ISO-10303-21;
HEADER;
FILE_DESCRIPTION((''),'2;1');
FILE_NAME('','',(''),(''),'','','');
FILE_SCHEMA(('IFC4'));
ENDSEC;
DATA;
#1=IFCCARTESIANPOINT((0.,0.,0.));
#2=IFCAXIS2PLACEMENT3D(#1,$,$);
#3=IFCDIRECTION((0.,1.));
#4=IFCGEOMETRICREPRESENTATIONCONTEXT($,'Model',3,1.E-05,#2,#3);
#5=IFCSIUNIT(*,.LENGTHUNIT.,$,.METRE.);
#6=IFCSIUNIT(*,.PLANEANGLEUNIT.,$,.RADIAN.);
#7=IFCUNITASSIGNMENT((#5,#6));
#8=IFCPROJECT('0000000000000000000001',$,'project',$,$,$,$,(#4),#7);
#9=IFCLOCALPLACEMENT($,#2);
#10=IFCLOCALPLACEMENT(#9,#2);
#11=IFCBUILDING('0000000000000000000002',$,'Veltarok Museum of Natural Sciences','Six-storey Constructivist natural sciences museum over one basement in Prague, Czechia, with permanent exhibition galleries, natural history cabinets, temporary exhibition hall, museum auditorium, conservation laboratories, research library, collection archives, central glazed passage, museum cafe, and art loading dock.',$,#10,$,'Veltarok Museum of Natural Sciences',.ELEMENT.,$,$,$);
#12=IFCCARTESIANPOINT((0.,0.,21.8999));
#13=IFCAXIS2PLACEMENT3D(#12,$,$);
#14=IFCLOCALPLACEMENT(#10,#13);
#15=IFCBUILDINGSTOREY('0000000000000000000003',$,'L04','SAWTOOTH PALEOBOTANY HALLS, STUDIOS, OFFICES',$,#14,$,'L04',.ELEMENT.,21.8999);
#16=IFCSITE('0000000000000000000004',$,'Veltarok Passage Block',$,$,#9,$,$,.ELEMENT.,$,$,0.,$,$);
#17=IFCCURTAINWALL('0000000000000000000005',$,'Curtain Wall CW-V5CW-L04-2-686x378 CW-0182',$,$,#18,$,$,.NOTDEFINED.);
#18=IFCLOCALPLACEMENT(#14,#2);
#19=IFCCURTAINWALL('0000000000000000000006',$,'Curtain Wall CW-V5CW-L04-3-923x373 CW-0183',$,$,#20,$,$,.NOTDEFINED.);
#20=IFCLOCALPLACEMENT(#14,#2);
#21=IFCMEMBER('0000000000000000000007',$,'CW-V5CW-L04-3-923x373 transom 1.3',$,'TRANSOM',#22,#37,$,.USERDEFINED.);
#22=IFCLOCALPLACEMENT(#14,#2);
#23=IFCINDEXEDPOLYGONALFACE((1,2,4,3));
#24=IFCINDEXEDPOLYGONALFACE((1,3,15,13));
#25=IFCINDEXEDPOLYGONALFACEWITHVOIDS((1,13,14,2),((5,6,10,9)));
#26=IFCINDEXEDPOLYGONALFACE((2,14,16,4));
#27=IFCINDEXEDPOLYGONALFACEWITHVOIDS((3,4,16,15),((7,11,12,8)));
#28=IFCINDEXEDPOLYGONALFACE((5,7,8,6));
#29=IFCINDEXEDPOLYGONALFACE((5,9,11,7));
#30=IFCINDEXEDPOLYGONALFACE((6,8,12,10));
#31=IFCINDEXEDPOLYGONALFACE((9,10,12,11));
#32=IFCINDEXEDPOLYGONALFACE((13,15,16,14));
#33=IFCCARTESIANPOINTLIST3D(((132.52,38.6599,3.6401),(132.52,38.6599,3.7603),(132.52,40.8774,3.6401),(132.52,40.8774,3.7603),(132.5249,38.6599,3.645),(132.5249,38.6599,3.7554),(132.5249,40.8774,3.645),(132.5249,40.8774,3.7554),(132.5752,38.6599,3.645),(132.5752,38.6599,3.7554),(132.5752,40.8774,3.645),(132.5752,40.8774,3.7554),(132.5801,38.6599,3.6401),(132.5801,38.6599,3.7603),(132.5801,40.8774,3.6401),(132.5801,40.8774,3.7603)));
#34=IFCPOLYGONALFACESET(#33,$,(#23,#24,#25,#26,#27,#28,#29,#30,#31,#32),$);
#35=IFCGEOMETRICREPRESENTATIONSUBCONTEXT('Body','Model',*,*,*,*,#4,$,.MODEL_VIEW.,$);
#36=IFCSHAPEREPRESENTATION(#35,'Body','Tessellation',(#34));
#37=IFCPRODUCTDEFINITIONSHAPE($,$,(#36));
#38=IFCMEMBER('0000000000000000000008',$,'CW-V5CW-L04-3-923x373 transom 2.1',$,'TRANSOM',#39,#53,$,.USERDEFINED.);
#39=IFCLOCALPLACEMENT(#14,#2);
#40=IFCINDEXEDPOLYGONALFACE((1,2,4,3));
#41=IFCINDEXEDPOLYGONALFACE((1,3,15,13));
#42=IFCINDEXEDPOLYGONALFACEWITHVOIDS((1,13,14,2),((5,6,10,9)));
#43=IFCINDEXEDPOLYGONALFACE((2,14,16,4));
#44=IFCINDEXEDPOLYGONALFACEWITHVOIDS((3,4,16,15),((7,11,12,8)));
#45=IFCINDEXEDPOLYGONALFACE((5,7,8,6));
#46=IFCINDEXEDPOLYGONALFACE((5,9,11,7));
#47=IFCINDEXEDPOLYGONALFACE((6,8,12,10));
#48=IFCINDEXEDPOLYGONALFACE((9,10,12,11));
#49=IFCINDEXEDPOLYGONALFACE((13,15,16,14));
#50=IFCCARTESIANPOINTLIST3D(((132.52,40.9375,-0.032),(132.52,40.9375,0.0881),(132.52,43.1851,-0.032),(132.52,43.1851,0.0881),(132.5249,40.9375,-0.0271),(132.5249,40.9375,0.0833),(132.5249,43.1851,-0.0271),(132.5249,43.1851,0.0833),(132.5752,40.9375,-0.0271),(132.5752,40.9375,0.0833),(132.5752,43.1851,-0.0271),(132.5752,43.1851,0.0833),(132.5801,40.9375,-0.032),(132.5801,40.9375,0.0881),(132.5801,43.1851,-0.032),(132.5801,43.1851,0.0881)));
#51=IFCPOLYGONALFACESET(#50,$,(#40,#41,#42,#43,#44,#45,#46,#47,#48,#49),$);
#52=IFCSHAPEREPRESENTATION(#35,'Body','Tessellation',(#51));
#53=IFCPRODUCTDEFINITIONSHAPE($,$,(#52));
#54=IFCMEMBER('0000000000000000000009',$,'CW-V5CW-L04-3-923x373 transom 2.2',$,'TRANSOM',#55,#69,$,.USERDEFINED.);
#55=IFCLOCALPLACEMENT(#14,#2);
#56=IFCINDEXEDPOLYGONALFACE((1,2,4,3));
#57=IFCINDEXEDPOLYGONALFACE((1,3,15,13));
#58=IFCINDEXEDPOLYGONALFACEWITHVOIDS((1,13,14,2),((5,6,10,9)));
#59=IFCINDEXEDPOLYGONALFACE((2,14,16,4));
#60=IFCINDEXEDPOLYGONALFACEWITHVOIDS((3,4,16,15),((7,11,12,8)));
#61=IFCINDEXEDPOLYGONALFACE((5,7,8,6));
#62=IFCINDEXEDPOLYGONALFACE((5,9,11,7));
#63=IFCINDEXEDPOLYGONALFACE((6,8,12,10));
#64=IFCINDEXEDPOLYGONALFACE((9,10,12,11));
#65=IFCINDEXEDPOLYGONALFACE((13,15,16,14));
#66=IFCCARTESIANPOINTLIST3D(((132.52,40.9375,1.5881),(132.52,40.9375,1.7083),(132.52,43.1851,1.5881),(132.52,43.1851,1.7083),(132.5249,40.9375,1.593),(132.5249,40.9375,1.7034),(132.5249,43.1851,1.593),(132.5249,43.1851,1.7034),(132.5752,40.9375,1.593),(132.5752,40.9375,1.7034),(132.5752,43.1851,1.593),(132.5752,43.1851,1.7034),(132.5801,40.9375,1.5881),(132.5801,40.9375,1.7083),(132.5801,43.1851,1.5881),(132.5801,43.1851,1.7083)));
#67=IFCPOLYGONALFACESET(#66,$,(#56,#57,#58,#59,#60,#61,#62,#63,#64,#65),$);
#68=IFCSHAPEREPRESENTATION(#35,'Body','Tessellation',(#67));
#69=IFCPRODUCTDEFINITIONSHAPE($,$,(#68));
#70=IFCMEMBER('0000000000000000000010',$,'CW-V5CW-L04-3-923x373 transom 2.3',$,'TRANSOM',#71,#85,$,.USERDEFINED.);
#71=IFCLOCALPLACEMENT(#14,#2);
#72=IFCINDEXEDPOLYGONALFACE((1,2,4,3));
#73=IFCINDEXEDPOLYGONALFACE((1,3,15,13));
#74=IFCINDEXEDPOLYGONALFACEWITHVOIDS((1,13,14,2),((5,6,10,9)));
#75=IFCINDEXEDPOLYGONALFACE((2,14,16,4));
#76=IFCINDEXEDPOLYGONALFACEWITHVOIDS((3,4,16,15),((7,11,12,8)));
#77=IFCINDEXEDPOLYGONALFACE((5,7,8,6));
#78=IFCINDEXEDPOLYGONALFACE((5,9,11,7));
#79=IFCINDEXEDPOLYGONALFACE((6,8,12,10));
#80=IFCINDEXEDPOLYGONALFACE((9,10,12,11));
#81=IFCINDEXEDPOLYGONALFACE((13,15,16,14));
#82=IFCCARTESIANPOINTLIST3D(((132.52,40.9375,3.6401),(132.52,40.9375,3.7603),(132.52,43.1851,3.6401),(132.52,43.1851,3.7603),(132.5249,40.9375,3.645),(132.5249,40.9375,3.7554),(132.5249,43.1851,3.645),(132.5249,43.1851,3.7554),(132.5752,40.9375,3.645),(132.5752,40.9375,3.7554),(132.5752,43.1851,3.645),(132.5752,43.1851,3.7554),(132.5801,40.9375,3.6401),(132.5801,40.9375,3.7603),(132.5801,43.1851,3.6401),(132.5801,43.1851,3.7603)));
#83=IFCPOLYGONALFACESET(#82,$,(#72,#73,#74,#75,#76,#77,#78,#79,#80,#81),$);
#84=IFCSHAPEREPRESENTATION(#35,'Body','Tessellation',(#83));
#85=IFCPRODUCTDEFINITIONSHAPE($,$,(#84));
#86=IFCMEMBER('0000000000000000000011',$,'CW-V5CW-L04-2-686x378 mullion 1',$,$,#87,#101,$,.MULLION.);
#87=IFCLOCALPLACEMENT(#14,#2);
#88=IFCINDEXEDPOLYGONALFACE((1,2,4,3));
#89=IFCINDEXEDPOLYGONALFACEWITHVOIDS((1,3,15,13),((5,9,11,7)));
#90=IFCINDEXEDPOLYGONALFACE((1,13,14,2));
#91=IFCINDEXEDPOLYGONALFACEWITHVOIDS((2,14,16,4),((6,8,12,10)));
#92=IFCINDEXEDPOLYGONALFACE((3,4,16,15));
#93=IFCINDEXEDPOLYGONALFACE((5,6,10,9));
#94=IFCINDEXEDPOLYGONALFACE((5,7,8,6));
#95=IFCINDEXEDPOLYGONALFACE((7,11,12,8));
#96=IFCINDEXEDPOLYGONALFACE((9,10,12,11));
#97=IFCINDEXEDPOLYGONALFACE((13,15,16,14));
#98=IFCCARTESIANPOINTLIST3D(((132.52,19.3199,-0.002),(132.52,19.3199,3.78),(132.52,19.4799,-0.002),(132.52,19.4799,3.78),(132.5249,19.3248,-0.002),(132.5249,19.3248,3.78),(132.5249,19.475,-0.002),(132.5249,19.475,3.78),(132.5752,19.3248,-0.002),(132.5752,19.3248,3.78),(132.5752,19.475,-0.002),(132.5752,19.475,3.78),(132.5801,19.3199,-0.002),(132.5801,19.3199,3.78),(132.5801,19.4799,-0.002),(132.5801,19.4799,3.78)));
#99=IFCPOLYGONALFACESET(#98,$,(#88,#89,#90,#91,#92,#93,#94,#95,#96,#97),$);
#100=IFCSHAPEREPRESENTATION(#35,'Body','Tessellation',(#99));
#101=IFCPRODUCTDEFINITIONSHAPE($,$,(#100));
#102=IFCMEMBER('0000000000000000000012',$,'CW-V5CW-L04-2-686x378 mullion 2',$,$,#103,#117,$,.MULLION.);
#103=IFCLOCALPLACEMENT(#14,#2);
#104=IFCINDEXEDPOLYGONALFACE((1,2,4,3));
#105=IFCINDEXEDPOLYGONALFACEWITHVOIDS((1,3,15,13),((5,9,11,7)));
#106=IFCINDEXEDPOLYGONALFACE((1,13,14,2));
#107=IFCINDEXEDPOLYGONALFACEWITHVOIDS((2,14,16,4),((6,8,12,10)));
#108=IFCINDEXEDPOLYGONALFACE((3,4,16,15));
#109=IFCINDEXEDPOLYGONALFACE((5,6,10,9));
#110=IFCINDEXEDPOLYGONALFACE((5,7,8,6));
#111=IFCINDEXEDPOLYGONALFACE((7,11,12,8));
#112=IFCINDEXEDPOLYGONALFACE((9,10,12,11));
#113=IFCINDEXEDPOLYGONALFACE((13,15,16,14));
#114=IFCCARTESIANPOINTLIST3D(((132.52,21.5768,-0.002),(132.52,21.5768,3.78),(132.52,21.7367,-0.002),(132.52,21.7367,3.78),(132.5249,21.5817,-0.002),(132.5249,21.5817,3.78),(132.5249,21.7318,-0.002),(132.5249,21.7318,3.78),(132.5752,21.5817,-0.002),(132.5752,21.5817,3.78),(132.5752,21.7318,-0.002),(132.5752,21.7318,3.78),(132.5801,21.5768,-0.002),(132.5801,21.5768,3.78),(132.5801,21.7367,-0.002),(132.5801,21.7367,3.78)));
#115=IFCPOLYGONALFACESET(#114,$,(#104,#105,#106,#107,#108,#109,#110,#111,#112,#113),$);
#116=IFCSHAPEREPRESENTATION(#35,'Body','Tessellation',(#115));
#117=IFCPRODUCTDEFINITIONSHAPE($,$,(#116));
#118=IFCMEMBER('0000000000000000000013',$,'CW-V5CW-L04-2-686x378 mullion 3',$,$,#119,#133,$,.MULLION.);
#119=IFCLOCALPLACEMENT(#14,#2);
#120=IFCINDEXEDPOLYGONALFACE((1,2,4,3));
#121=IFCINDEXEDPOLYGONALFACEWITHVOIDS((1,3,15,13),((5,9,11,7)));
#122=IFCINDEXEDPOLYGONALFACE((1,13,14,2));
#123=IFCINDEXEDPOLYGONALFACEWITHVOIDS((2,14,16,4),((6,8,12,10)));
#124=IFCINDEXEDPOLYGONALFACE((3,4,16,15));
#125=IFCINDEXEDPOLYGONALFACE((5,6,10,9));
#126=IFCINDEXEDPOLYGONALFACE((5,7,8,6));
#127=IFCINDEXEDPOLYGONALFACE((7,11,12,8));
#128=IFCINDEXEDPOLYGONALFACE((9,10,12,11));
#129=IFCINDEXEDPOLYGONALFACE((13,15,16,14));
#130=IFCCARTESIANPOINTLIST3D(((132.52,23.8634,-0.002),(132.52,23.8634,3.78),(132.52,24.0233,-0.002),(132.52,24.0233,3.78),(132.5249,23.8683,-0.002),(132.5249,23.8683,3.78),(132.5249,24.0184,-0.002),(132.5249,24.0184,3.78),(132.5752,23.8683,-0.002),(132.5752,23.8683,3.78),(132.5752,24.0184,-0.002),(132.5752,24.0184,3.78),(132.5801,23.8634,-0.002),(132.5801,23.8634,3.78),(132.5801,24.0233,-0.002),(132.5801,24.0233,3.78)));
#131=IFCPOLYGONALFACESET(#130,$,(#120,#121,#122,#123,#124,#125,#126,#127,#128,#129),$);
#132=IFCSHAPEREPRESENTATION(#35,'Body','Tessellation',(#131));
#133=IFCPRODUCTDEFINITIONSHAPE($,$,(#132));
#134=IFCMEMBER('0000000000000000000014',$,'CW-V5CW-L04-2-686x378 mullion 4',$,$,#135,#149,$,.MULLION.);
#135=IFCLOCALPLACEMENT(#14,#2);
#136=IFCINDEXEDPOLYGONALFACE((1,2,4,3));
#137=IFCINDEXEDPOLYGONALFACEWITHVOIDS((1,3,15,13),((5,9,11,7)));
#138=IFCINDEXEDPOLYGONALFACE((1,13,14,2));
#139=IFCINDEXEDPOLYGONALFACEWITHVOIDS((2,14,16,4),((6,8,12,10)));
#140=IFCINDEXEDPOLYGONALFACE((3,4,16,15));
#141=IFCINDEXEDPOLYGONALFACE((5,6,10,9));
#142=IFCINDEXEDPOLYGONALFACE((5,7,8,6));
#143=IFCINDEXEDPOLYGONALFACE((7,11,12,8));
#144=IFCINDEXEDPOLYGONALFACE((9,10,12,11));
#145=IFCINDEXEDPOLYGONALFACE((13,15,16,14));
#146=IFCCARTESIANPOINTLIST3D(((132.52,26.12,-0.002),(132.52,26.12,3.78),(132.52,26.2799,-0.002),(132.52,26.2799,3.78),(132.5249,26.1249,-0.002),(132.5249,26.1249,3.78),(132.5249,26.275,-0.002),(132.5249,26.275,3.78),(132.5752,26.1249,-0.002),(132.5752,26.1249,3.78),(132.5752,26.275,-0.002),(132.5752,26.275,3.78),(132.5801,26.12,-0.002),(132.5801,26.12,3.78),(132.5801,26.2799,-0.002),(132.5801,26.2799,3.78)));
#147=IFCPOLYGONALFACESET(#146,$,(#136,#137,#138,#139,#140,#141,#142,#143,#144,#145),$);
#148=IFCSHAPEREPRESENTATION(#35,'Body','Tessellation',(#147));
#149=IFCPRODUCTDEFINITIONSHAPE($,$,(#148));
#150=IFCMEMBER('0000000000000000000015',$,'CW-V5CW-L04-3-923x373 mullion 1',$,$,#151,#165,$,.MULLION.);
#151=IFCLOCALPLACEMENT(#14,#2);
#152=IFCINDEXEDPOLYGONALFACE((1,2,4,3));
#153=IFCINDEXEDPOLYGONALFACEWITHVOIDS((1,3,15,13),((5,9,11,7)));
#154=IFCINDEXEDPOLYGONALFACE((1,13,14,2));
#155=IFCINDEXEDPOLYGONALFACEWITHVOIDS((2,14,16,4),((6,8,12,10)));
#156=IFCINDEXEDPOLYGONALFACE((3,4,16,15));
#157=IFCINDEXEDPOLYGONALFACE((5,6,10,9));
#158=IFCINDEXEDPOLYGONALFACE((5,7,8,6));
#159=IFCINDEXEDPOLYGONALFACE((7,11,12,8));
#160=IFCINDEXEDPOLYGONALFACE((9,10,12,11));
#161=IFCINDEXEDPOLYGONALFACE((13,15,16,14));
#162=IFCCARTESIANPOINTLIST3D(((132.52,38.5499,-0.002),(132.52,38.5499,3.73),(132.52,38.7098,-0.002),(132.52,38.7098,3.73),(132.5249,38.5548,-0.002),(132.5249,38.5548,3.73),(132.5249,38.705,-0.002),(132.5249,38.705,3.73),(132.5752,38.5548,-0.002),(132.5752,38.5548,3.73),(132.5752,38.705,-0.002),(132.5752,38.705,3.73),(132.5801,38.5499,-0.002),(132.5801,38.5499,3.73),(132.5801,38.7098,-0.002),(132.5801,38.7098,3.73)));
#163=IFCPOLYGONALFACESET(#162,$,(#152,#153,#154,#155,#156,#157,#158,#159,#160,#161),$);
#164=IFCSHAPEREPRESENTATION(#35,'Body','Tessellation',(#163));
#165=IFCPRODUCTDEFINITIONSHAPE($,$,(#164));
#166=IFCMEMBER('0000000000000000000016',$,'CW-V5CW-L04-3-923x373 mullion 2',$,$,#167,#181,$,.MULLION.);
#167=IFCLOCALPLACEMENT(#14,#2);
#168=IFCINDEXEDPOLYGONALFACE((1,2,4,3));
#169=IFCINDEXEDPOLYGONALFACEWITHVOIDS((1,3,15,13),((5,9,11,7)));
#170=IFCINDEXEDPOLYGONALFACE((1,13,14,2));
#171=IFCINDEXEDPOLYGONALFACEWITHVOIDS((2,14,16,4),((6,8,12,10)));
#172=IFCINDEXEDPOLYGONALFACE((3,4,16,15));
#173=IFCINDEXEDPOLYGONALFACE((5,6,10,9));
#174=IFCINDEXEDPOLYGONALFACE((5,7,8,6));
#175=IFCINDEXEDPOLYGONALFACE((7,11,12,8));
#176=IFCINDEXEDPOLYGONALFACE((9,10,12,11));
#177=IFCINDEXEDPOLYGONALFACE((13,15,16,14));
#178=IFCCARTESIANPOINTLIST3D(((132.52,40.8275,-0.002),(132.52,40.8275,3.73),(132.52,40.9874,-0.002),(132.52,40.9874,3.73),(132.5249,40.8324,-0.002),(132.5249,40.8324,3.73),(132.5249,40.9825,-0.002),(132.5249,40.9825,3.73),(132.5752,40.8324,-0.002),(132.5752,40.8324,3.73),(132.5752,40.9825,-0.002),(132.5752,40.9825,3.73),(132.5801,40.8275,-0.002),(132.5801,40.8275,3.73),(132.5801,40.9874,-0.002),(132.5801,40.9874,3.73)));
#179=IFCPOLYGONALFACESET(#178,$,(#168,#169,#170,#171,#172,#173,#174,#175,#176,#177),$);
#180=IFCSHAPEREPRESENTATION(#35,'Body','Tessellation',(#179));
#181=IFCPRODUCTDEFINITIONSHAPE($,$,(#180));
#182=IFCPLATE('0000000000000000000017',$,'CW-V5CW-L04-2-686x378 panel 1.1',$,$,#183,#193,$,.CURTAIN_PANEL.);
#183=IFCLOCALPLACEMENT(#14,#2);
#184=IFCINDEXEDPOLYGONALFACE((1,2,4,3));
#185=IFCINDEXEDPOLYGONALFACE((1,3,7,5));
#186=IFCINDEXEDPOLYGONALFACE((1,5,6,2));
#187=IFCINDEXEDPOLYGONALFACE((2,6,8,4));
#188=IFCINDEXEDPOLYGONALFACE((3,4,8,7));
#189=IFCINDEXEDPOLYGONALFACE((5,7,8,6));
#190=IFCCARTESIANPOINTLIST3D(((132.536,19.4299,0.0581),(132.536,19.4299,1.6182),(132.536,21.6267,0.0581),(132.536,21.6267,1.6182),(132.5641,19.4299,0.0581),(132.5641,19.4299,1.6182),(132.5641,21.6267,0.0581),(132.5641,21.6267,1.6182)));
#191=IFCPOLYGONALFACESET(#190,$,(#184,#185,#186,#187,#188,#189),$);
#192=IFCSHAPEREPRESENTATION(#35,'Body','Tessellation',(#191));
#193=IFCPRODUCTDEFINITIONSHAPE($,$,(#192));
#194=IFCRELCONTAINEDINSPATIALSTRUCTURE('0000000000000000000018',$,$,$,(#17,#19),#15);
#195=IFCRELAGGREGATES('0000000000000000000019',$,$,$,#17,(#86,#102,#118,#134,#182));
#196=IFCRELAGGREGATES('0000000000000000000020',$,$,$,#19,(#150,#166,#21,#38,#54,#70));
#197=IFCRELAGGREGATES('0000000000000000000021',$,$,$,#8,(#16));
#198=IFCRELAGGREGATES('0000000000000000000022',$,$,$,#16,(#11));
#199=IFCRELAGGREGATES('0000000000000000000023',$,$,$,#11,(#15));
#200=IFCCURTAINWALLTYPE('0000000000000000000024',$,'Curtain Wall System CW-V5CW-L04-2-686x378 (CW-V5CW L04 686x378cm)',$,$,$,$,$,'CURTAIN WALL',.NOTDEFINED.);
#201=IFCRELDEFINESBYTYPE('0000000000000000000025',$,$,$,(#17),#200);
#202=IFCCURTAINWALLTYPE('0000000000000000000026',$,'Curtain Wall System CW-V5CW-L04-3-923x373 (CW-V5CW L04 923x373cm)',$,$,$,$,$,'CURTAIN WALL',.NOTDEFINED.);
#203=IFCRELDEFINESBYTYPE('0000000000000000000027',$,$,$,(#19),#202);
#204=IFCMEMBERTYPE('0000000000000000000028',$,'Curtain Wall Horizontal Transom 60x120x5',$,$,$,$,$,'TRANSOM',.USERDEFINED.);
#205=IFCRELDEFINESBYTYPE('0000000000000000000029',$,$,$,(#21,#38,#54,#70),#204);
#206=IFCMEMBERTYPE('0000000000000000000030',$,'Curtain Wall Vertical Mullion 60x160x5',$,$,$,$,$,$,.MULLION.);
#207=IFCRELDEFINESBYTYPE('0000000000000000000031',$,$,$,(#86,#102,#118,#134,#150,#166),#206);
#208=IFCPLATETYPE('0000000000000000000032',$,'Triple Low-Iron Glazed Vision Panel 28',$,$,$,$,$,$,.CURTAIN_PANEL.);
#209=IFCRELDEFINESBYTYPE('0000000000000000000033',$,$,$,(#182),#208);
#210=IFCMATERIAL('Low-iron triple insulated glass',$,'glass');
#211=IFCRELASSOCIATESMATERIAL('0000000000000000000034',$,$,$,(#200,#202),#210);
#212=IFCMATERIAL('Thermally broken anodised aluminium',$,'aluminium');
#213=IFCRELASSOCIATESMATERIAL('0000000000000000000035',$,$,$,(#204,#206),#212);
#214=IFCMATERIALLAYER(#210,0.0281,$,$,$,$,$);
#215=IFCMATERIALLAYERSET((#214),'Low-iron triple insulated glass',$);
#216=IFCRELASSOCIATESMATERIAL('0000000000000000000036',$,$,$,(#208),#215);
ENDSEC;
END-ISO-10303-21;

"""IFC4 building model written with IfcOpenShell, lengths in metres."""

from ifc_helpers import new_model, si_unit, direction, frame, origin, origin_2d, place, context, subcontext, project, spatial, rectangle, hollow_rectangle, extrude, material, layer, layer_set, material_profile, profile_set, type_object, element, aggregate, save


model = new_model("IFC4")

# Units and contexts
model_context = context("Model", 3, precision=1e-05, world=origin(), true_north=direction((0.0, 1.0)))
body_context = subcontext(model_context, "Body", "Model", "MODEL_VIEW")
ifc_project = project(units=[si_unit("LENGTHUNIT", "METRE"), si_unit("PLANEANGLEUNIT", "RADIAN")], contexts=[model_context])

# Site, building, storey
site_placement = place(None, origin())
site = spatial("IfcSite", under=ifc_project, at=site_placement, Name="Veltarok Passage Block", CompositionType="ELEMENT", RefElevation=0.0)
building_placement = place(site_placement, origin())
building = spatial("IfcBuilding", under=site, at=building_placement, Name="Veltarok Museum of Natural Sciences", Description="Six-storey Constructivist natural sciences museum over one basement in Prague, Czechia, with permanent exhibition galleries, natural history cabinets, temporary exhibition hall, museum auditorium, conservation laboratories, research library, collection archives, central glazed passage, museum cafe, and art loading dock.", LongName="Veltarok Museum of Natural Sciences", CompositionType="ELEMENT")
storey_placement = place(building_placement, frame((0.0, 0.0, 21.8999)))
storey = spatial("IfcBuildingStorey", under=building, at=storey_placement, Name="L04", Description="SAWTOOTH PALEOBOTANY HALLS, STUDIOS, OFFICES", LongName="L04", CompositionType="ELEMENT", Elevation=21.8999)

# Curtain walls, members
ifc_material_1 = material(Name="Low-iron triple insulated glass", Category="glass")
curtain_wall_type_1 = type_object("IfcCurtainWallType", Name="Curtain Wall System CW-V5CW-L04-2-686x378 (CW-V5CW L04 686x378cm)", ElementType="CURTAIN WALL", PredefinedType="NOTDEFINED", material=ifc_material_1)
curtain_wall_1_placement = place(storey_placement, origin())
curtain_wall_1 = element("IfcCurtainWall", 1, at=curtain_wall_1_placement, inside=storey, type_object=curtain_wall_type_1, Name="Curtain Wall CW-V5CW-L04-2-686x378 CW-0182", PredefinedType="NOTDEFINED")
ifc_material_2 = material(Name="Thermally broken anodised aluminium", Category="aluminium")
ifc_material_profile_1 = material_profile(ifc_material_2, hollow_rectangle(XDim=0.0601, YDim=0.1201, WallThickness=0.0049, at=origin_2d()), Name="CW TRANSOM 60x120x5")
ifc_profile_set_1 = profile_set([ifc_material_profile_1], Name="Thermally broken anodised aluminium")
member_type_1 = type_object("IfcMemberType", Name="Curtain Wall Horizontal Transom 60x120x5", ElementType="TRANSOM", PredefinedType="USERDEFINED", material=ifc_profile_set_1)
curtain_wall_type_2 = type_object("IfcCurtainWallType", Name="Curtain Wall System CW-V5CW-L04-3-923x373 (CW-V5CW L04 923x373cm)", ElementType="CURTAIN WALL", PredefinedType="NOTDEFINED", material=ifc_material_1)
curtain_wall_2_placement = place(storey_placement, origin())
curtain_wall_2 = element("IfcCurtainWall", 2, at=curtain_wall_2_placement, inside=storey, type_object=curtain_wall_type_2, Name="Curtain Wall CW-V5CW-L04-3-923x373 CW-0183", PredefinedType="NOTDEFINED")
member_1_placement = place(storey_placement, frame((132.55, 38.6599, 3.7002), z_axis=(0.0, 1.0, 0.0), x_axis=(-1.0, 0.0, 0.0)))
member_1 = element("IfcMember", 3, at=member_1_placement, type_object=member_type_1, Name="CW-V5CW-L04-3-923x373 transom 1.3", ObjectType="TRANSOM", PredefinedType="USERDEFINED", context=body_context, shape_type="SweptSolid", body=[
    extrude(hollow_rectangle(XDim=0.0601, YDim=0.1201, WallThickness=0.0049, at=origin_2d()), origin(), (0.0, 0.0, 1.0), 2.2175),
])
member_2_placement = place(storey_placement, frame((132.55, 40.9375, 0.0281), z_axis=(0.0, 1.0, 0.0), x_axis=(-1.0, 0.0, 0.0)))
member_2 = element("IfcMember", 4, at=member_2_placement, type_object=member_type_1, Name="CW-V5CW-L04-3-923x373 transom 2.1", ObjectType="TRANSOM", PredefinedType="USERDEFINED", context=body_context, shape_type="SweptSolid", body=[
    extrude(hollow_rectangle(XDim=0.0601, YDim=0.1201, WallThickness=0.0049, at=origin_2d()), origin(), (0.0, 0.0, 1.0), 2.2476),
])
member_3_placement = place(storey_placement, frame((132.55, 40.9375, 1.6482), z_axis=(0.0, 1.0, 0.0), x_axis=(-1.0, 0.0, 0.0)))
member_3 = element("IfcMember", 5, at=member_3_placement, type_object=member_type_1, Name="CW-V5CW-L04-3-923x373 transom 2.2", ObjectType="TRANSOM", PredefinedType="USERDEFINED", context=body_context, shape_type="SweptSolid", body=[
    extrude(hollow_rectangle(XDim=0.0601, YDim=0.1201, WallThickness=0.0049, at=origin_2d()), origin(), (0.0, 0.0, 1.0), 2.2476),
])
member_4_placement = place(storey_placement, frame((132.55, 40.9375, 3.7002), z_axis=(0.0, 1.0, 0.0), x_axis=(-1.0, 0.0, 0.0)))
member_4 = element("IfcMember", 6, at=member_4_placement, type_object=member_type_1, Name="CW-V5CW-L04-3-923x373 transom 2.3", ObjectType="TRANSOM", PredefinedType="USERDEFINED", context=body_context, shape_type="SweptSolid", body=[
    extrude(hollow_rectangle(XDim=0.0601, YDim=0.1201, WallThickness=0.0049, at=origin_2d()), origin(), (0.0, 0.0, 1.0), 2.2476),
])

# Members
ifc_material_profile_2 = material_profile(ifc_material_2, hollow_rectangle(XDim=0.0601, YDim=0.1599, WallThickness=0.0049, at=origin_2d()), Name="CW MULLION 60x160x5")
ifc_profile_set_2 = profile_set([ifc_material_profile_2], Name="Thermally broken anodised aluminium")
member_type_2 = type_object("IfcMemberType", Name="Curtain Wall Vertical Mullion 60x160x5", PredefinedType="MULLION", material=ifc_profile_set_2)
member_5_placement = place(storey_placement, frame((132.55, 19.3999, -0.002), z_axis=(0.0, 0.0, 1.0), x_axis=(-1.0, 0.0, 0.0)))
member_5 = element("IfcMember", 7, at=member_5_placement, type_object=member_type_2, Name="CW-V5CW-L04-2-686x378 mullion 1", PredefinedType="MULLION", context=body_context, shape_type="SweptSolid", body=[
    extrude(hollow_rectangle(XDim=0.0601, YDim=0.1599, WallThickness=0.0049, at=origin_2d()), origin(), (0.0, 0.0, 1.0), 3.782),
])
member_6_placement = place(storey_placement, frame((132.55, 21.6567, -0.002), z_axis=(0.0, 0.0, 1.0), x_axis=(-1.0, 0.0, 0.0)))
member_6 = element("IfcMember", 8, at=member_6_placement, type_object=member_type_2, Name="CW-V5CW-L04-2-686x378 mullion 2", PredefinedType="MULLION", context=body_context, shape_type="SweptSolid", body=[
    extrude(hollow_rectangle(XDim=0.0601, YDim=0.1599, WallThickness=0.0049, at=origin_2d()), origin(), (0.0, 0.0, 1.0), 3.782),
])
member_7_placement = place(storey_placement, frame((132.55, 23.9434, -0.002), z_axis=(0.0, 0.0, 1.0), x_axis=(-1.0, 0.0, 0.0)))
member_7 = element("IfcMember", 9, at=member_7_placement, type_object=member_type_2, Name="CW-V5CW-L04-2-686x378 mullion 3", PredefinedType="MULLION", context=body_context, shape_type="SweptSolid", body=[
    extrude(hollow_rectangle(XDim=0.0601, YDim=0.1599, WallThickness=0.0049, at=origin_2d()), origin(), (0.0, 0.0, 1.0), 3.782),
])
member_8_placement = place(storey_placement, frame((132.55, 26.2, -0.002), z_axis=(0.0, 0.0, 1.0), x_axis=(-1.0, 0.0, 0.0)))
member_8 = element("IfcMember", 10, at=member_8_placement, type_object=member_type_2, Name="CW-V5CW-L04-2-686x378 mullion 4", PredefinedType="MULLION", context=body_context, shape_type="SweptSolid", body=[
    extrude(hollow_rectangle(XDim=0.0601, YDim=0.1599, WallThickness=0.0049, at=origin_2d()), origin(), (0.0, 0.0, 1.0), 3.782),
])
member_9_placement = place(storey_placement, frame((132.55, 38.6299, -0.002), z_axis=(0.0, 0.0, 1.0), x_axis=(-1.0, 0.0, 0.0)))
member_9 = element("IfcMember", 11, at=member_9_placement, type_object=member_type_2, Name="CW-V5CW-L04-3-923x373 mullion 1", PredefinedType="MULLION", context=body_context, shape_type="SweptSolid", body=[
    extrude(hollow_rectangle(XDim=0.0601, YDim=0.1599, WallThickness=0.0049, at=origin_2d()), origin(), (0.0, 0.0, 1.0), 3.7319),
])
member_10_placement = place(storey_placement, frame((132.55, 40.9075, -0.002), z_axis=(0.0, 0.0, 1.0), x_axis=(-1.0, 0.0, 0.0)))
member_10 = element("IfcMember", 12, at=member_10_placement, type_object=member_type_2, Name="CW-V5CW-L04-3-923x373 mullion 2", PredefinedType="MULLION", context=body_context, shape_type="SweptSolid", body=[
    extrude(hollow_rectangle(XDim=0.0601, YDim=0.1599, WallThickness=0.0049, at=origin_2d()), origin(), (0.0, 0.0, 1.0), 3.7319),
])

# Plate
ifc_layer = layer(ifc_material_1, 0.0281)
ifc_layer_set = layer_set([ifc_layer], Name="Low-iron triple insulated glass")
plate_type = type_object("IfcPlateType", Name="Triple Low-Iron Glazed Vision Panel 28", PredefinedType="CURTAIN_PANEL", material=ifc_layer_set)
plate_1_placement = place(storey_placement, frame((132.55, 20.5283, 0.0581), z_axis=(0.0, 0.0, 1.0), x_axis=(0.0, 1.0, 0.0)))
plate_1 = element("IfcPlate", 13, at=plate_1_placement, type_object=plate_type, Name="CW-V5CW-L04-2-686x378 panel 1.1", PredefinedType="CURTAIN_PANEL", context=body_context, shape_type="SweptSolid", body=[
    extrude(rectangle(XDim=2.1968, YDim=0.0281, at=origin_2d()), origin(), (0.0, 0.0, 1.0), 1.5601),
])
aggregate(curtain_wall_1, [member_5, member_6, member_7, member_8, plate_1])
aggregate(curtain_wall_2, [member_9, member_10, member_1, member_2, member_3, member_4])

save(model, "model.ifc")
